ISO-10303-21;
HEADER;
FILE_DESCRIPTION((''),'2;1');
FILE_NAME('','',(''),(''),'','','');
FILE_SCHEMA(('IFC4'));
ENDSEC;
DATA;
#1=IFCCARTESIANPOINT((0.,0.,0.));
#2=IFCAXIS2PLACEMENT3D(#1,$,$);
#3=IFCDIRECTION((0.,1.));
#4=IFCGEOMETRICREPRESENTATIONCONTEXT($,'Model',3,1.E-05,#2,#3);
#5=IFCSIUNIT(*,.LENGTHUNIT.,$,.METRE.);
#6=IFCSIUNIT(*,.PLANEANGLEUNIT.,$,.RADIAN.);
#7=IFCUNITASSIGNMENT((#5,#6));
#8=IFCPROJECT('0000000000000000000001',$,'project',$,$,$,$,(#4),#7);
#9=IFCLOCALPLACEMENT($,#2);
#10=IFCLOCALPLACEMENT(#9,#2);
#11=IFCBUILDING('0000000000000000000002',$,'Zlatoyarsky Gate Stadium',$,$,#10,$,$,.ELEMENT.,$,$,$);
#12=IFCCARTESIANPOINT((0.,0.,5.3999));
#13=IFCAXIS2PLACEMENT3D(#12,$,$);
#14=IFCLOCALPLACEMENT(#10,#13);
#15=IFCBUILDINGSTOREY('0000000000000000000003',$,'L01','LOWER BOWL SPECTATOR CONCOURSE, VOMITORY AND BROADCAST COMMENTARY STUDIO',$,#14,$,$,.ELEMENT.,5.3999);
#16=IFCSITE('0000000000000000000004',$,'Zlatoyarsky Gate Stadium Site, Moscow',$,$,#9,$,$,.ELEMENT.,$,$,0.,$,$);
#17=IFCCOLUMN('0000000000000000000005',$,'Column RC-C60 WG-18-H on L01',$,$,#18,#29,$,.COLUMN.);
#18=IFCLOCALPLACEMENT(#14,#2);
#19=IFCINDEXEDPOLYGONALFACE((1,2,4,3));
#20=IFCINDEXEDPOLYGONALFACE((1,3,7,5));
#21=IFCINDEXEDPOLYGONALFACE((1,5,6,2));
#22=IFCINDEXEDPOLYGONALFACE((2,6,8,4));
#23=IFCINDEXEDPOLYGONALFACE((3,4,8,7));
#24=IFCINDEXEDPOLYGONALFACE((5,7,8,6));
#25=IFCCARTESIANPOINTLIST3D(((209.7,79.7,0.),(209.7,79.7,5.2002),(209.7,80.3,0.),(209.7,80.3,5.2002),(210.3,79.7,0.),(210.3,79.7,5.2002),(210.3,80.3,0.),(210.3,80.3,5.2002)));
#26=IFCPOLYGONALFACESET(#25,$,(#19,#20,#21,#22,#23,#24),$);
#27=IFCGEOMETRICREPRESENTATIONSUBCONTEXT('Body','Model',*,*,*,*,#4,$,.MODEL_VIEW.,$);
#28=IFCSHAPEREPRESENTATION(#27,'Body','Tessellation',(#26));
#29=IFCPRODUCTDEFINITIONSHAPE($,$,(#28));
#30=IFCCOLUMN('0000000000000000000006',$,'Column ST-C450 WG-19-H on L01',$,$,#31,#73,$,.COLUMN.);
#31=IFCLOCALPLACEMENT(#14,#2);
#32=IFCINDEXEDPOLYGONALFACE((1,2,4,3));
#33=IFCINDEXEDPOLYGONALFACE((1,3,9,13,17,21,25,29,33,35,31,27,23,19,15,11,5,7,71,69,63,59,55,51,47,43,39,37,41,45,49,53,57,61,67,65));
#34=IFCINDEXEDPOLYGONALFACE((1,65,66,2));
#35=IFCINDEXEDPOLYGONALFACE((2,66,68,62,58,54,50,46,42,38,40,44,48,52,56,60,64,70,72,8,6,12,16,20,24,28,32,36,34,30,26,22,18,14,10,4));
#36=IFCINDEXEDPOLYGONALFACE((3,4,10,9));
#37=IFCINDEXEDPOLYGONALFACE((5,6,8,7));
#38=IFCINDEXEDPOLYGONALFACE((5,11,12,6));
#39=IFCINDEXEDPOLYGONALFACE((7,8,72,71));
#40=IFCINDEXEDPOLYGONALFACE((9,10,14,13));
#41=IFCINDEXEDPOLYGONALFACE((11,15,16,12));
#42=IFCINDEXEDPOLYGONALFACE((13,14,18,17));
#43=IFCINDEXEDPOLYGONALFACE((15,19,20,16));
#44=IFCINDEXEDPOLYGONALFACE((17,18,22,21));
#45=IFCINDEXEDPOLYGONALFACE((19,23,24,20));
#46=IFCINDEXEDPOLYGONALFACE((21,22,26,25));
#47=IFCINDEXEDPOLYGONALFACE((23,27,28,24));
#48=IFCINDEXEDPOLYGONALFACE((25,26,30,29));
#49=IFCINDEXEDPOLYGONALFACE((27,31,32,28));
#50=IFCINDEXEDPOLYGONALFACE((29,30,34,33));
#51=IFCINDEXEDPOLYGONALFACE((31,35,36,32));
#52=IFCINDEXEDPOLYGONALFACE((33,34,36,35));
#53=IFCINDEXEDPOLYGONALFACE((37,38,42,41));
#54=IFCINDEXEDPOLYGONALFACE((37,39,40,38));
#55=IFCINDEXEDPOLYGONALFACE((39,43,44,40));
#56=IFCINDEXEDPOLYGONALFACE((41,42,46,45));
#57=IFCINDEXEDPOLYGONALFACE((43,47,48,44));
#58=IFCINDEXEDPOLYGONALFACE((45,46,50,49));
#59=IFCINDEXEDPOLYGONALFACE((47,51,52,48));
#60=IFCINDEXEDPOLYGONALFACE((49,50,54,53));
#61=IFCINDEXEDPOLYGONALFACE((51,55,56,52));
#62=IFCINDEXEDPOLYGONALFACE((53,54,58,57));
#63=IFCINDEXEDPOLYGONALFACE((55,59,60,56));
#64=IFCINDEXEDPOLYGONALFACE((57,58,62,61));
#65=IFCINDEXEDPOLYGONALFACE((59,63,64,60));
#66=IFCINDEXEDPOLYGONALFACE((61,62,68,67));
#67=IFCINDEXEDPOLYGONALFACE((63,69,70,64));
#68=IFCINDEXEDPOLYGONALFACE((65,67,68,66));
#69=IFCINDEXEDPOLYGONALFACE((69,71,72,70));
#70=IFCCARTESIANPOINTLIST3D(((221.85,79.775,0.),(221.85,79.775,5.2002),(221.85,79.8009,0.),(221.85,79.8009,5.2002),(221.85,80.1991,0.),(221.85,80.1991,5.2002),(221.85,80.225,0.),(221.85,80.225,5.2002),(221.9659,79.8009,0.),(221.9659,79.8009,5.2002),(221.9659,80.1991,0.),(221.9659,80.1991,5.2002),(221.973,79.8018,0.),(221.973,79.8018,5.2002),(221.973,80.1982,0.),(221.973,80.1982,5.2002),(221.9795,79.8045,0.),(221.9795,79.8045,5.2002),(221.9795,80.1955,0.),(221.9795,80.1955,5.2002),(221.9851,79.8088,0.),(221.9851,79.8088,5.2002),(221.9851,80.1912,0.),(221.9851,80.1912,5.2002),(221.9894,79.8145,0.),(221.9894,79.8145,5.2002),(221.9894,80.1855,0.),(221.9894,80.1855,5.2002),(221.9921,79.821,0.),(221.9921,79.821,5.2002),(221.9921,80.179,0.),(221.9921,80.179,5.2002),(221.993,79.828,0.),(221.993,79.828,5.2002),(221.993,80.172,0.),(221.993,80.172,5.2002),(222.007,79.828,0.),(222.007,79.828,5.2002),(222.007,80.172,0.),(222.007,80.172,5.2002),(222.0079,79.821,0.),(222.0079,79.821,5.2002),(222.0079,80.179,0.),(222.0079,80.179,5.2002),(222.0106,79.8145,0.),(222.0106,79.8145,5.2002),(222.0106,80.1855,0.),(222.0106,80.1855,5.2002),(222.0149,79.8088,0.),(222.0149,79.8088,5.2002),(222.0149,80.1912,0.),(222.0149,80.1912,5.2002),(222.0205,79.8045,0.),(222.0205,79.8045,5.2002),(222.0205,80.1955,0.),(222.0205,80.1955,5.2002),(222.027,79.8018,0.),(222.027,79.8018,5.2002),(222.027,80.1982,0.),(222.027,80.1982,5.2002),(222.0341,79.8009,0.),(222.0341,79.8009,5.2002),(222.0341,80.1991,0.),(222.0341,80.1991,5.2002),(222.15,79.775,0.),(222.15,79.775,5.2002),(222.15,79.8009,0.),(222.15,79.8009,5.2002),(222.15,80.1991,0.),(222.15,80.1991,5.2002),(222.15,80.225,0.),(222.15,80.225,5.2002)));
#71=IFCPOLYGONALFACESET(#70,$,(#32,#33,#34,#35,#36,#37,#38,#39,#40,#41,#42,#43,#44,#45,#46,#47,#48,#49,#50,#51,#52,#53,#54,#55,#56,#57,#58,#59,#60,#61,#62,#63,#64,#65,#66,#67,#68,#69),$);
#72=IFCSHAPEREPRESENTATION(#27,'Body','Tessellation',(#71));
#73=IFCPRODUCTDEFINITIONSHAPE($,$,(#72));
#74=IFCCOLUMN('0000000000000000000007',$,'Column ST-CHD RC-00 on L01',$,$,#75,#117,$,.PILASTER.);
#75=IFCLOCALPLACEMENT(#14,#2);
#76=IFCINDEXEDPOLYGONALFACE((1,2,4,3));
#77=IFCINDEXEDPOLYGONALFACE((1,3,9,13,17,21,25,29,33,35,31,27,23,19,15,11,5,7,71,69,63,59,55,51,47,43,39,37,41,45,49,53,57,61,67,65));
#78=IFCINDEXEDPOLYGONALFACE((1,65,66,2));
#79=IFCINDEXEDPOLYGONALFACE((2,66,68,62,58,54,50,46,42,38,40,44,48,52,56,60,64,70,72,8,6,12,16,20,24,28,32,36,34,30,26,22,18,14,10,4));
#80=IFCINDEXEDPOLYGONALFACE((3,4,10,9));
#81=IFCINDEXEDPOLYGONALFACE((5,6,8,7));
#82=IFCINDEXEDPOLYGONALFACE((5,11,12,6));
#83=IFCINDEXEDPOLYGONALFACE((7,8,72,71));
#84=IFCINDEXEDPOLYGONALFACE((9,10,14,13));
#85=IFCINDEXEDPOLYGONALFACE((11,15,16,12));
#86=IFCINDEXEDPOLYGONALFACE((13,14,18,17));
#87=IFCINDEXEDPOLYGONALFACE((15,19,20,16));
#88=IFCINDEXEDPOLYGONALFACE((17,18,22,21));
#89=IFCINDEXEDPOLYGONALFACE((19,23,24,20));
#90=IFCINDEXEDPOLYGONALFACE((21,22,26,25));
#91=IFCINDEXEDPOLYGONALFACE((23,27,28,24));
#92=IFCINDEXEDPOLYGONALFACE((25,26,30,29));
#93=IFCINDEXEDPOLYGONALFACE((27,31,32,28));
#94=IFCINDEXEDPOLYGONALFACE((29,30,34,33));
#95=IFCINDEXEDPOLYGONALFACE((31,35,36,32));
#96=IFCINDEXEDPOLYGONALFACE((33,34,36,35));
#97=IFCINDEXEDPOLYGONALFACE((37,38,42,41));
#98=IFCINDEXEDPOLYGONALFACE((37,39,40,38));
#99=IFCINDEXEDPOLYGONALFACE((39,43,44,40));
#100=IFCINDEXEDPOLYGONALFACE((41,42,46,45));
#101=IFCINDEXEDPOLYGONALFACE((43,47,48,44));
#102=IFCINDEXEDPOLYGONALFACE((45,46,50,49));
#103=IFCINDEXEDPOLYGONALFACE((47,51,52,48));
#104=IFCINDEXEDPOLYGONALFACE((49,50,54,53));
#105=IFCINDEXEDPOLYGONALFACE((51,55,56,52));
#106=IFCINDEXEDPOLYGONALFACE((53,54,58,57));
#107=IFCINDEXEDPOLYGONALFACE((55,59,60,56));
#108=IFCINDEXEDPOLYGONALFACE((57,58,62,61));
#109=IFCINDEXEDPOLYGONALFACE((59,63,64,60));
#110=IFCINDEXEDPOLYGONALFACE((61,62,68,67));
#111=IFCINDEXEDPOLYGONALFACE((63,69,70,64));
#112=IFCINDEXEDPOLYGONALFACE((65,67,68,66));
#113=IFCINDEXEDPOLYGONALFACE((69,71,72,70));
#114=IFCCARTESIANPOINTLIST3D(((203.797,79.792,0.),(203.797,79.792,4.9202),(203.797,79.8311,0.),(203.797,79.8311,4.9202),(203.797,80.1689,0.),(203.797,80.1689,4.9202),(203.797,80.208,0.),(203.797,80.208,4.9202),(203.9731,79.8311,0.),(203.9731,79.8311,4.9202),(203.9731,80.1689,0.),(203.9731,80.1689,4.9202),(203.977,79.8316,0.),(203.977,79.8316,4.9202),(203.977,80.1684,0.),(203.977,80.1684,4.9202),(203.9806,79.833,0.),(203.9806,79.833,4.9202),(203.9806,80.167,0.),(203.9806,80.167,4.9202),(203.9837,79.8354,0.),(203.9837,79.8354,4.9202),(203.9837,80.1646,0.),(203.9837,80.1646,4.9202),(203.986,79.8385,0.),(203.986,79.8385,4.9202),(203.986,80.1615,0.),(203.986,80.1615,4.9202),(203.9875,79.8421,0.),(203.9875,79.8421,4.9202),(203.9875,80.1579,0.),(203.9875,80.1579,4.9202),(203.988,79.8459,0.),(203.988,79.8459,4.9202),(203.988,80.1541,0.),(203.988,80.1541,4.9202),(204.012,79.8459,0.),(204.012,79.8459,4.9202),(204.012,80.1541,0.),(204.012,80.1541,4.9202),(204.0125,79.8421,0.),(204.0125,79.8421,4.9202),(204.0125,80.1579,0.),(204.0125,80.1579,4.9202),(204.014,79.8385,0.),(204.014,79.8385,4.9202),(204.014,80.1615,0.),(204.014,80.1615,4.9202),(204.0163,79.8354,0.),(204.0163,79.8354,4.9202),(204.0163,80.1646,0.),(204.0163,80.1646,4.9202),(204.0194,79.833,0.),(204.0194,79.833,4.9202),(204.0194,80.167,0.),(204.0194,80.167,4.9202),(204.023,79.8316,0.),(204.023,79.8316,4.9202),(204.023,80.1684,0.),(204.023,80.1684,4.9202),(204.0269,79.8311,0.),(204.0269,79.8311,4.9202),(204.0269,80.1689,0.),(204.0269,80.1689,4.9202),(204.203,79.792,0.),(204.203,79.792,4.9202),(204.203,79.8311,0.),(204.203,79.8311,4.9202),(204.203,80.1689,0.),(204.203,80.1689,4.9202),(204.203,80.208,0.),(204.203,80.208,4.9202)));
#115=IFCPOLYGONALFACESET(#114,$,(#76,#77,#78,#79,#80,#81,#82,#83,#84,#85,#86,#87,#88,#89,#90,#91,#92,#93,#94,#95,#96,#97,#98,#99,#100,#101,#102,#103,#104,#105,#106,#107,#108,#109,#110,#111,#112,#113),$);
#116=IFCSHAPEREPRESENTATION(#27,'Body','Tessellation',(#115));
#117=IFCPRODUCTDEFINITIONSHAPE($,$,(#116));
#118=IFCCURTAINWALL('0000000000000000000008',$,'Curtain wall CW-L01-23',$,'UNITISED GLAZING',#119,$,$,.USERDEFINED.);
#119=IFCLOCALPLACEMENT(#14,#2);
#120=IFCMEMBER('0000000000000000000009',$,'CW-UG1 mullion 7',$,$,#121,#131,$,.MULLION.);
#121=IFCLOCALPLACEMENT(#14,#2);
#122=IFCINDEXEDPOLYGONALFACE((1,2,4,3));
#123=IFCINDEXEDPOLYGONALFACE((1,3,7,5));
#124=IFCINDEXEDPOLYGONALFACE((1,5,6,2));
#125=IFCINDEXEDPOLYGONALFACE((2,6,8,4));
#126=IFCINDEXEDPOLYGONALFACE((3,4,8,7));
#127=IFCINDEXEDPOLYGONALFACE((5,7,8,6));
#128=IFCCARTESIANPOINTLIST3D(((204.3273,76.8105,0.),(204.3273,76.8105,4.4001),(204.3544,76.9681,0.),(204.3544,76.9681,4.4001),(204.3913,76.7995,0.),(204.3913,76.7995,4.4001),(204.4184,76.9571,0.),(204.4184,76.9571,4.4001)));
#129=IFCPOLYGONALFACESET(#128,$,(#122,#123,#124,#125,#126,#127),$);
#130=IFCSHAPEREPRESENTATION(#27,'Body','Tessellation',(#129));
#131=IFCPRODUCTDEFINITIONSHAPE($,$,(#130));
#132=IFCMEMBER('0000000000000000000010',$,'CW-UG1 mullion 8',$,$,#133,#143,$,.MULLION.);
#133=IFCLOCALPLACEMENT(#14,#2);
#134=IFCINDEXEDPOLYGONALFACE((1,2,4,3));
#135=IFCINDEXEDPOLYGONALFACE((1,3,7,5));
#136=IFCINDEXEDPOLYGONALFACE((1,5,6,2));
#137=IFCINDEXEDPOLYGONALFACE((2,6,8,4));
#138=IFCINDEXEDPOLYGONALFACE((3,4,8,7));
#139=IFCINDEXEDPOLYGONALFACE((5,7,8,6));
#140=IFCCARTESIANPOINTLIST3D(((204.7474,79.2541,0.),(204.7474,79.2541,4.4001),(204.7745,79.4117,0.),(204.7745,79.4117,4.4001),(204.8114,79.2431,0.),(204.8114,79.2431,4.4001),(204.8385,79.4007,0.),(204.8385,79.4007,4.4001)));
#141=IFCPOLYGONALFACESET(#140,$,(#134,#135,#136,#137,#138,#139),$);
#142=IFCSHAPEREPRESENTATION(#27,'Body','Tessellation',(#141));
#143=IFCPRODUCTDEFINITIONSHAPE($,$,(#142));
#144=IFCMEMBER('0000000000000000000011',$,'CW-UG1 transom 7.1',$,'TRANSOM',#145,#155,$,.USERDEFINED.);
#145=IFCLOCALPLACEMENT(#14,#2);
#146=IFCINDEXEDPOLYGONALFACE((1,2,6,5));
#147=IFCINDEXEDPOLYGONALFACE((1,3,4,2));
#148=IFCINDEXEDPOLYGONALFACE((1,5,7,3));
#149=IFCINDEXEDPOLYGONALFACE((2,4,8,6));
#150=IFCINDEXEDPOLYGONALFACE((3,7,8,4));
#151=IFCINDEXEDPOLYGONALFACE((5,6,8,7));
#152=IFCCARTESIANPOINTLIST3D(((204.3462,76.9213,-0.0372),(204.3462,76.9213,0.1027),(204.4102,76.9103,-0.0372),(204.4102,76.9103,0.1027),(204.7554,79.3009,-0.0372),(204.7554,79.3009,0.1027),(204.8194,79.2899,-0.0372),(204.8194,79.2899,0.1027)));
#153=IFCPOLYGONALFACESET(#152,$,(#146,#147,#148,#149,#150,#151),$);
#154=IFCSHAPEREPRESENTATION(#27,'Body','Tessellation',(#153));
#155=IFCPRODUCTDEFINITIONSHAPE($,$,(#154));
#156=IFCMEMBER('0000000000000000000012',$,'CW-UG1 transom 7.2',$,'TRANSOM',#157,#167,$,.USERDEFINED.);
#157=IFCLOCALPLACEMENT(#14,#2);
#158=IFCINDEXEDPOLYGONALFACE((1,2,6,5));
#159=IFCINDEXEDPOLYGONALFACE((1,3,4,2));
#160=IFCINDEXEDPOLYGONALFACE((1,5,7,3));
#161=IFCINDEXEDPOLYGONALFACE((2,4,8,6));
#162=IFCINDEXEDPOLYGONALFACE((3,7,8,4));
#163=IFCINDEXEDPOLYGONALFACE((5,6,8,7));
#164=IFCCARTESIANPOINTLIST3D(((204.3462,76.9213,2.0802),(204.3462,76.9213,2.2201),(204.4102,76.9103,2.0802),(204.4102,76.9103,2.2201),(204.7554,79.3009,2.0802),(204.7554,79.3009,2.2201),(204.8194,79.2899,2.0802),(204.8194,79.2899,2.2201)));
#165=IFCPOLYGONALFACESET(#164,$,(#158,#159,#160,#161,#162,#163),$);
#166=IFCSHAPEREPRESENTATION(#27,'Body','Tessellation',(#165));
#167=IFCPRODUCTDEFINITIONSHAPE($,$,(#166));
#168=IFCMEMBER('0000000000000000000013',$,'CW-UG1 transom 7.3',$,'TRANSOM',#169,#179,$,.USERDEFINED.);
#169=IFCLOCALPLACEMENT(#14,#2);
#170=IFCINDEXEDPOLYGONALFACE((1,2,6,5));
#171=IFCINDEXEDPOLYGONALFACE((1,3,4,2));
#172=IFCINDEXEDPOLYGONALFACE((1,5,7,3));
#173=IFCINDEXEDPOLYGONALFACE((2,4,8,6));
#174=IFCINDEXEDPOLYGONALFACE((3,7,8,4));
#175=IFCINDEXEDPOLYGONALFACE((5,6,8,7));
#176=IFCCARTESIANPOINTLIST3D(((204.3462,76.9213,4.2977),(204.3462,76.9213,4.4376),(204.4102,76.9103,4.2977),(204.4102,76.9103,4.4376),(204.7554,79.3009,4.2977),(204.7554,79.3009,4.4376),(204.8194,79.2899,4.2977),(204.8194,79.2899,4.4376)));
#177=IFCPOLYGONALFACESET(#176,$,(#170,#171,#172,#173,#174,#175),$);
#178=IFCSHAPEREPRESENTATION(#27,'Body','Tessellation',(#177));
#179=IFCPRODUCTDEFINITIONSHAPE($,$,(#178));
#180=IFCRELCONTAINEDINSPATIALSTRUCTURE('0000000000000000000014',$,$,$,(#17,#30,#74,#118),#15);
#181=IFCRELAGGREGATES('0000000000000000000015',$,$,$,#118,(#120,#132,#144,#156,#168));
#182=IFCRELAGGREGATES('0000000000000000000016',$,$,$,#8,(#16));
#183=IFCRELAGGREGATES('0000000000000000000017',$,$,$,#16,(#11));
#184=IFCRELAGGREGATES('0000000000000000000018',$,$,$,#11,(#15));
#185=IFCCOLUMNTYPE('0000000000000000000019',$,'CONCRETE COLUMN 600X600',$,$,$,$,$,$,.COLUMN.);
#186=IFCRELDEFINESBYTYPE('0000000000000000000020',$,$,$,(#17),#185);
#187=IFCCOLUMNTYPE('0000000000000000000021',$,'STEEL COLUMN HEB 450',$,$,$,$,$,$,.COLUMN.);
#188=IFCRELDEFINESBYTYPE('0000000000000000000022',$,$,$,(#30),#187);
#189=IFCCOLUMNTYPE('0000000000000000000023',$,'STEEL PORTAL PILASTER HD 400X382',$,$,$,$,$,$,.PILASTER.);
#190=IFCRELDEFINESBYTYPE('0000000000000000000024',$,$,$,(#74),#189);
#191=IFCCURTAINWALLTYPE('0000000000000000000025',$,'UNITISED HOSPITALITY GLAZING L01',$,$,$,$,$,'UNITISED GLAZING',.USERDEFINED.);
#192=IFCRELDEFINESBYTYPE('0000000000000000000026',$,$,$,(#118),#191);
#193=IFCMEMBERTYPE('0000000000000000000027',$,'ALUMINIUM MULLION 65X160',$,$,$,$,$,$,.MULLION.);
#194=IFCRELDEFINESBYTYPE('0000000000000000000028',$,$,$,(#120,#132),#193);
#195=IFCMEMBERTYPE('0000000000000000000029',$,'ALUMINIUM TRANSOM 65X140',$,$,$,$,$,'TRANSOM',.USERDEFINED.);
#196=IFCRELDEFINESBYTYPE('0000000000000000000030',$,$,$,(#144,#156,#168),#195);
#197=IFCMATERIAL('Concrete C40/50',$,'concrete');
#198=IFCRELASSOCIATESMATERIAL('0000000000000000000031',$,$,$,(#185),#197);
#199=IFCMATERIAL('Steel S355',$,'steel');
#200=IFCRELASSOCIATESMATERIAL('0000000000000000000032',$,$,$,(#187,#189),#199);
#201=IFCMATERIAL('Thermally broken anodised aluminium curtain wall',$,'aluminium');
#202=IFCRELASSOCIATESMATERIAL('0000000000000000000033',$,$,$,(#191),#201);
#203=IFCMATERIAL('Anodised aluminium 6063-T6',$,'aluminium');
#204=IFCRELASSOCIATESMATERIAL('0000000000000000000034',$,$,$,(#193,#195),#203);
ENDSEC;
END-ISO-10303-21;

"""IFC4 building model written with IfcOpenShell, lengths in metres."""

from ifc_helpers import new_model, si_unit, direction, frame, origin, origin_2d, place, context, subcontext, project, spatial, rectangle, i_section, extrude, material, material_profile, profile_set, type_object, element, aggregate, save


model = new_model("IFC4")

# Units and contexts
model_context = context("Model", 3, precision=1e-05, world=origin(), true_north=direction((0.0, 1.0)))
body_context = subcontext(model_context, "Body", "Model", "MODEL_VIEW")
ifc_project = project(units=[si_unit("LENGTHUNIT", "METRE"), si_unit("PLANEANGLEUNIT", "RADIAN")], contexts=[model_context])

# Site, building, storey
site_placement = place(None, origin())
site = spatial("IfcSite", under=ifc_project, at=site_placement, Name="Zlatoyarsky Gate Stadium Site, Moscow", CompositionType="ELEMENT", RefElevation=0.0)
building_placement = place(site_placement, origin())
building = spatial("IfcBuilding", under=site, at=building_placement, Name="Zlatoyarsky Gate Stadium", CompositionType="ELEMENT")
storey_placement = place(building_placement, frame((0.0, 0.0, 5.3999)))
storey = spatial("IfcBuildingStorey", under=building, at=storey_placement, Name="L01", Description="LOWER BOWL SPECTATOR CONCOURSE, VOMITORY AND BROADCAST COMMENTARY STUDIO", CompositionType="ELEMENT", Elevation=5.3999)

# Columns
ifc_material_1 = material(Name="Concrete C40/50", Category="concrete")
ifc_material_profile_1 = material_profile(ifc_material_1, rectangle(XDim=0.6001, YDim=0.6001, at=origin_2d()), Name="RC COL 600X600")
ifc_profile_set_1 = profile_set([ifc_material_profile_1], Name="Concrete C40/50")
column_type_1 = type_object("IfcColumnType", Name="CONCRETE COLUMN 600X600", PredefinedType="COLUMN", material=ifc_profile_set_1)
column_1_placement = place(storey_placement, frame((210.0, 80.0, 0.0), z_axis=(0.0, 0.0, 1.0), x_axis=(1.0, 0.0, 0.0)))
element("IfcColumn", 1, at=column_1_placement, inside=storey, type_object=column_type_1, Name="Column RC-C60 WG-18-H on L01", PredefinedType="COLUMN", context=body_context, shape_type="SweptSolid", body=[
    extrude(rectangle(XDim=0.6001, YDim=0.6001, at=origin_2d()), origin(), (0.0, 0.0, 1.0), 5.2002),
])
ifc_material_2 = material(Name="Steel S355", Category="steel")
ifc_material_profile_2 = material_profile(ifc_material_2, i_section(OverallWidth=0.3, OverallDepth=0.45, WebThickness=0.0139, FlangeThickness=0.0259, FilletRadius=0.0271, at=origin_2d()), Name="HEB 450")
ifc_profile_set_2 = profile_set([ifc_material_profile_2], Name="Steel S355")
column_type_2 = type_object("IfcColumnType", Name="STEEL COLUMN HEB 450", PredefinedType="COLUMN", material=ifc_profile_set_2)
column_2_placement = place(storey_placement, frame((222.0, 80.0, 0.0), z_axis=(0.0, 0.0, 1.0), x_axis=(1.0, 0.0, 0.0)))
element("IfcColumn", 2, at=column_2_placement, inside=storey, type_object=column_type_2, Name="Column ST-C450 WG-19-H on L01", PredefinedType="COLUMN", context=body_context, shape_type="SweptSolid", body=[
    extrude(i_section(OverallWidth=0.3, OverallDepth=0.45, WebThickness=0.0139, FlangeThickness=0.0259, FilletRadius=0.0271, at=origin_2d()), origin(), (0.0, 0.0, 1.0), 5.2002),
])
ifc_material_profile_3 = material_profile(ifc_material_2, i_section(OverallWidth=0.406, OverallDepth=0.416, WebThickness=0.0239, FlangeThickness=0.0391, FilletRadius=0.0149, at=origin_2d()), Name="HD 400X382")
ifc_profile_set_3 = profile_set([ifc_material_profile_3], Name="Steel S355")
column_type_3 = type_object("IfcColumnType", Name="STEEL PORTAL PILASTER HD 400X382", PredefinedType="PILASTER", material=ifc_profile_set_3)
column_3_placement = place(storey_placement, frame((204.0, 80.0, 0.0), z_axis=(0.0, 0.0, 1.0), x_axis=(1.0, 0.0, 0.0)))
element("IfcColumn", 3, at=column_3_placement, inside=storey, type_object=column_type_3, Name="Column ST-CHD RC-00 on L01", PredefinedType="PILASTER", context=body_context, shape_type="SweptSolid", body=[
    extrude(i_section(OverallWidth=0.406, OverallDepth=0.416, WebThickness=0.0239, FlangeThickness=0.0391, FilletRadius=0.0149, at=origin_2d()), origin(), (0.0, 0.0, 1.0), 4.9202),
])

# Curtain wall, members
ifc_material_3 = material(Name="Thermally broken anodised aluminium curtain wall", Category="aluminium")
curtain_wall_type = type_object("IfcCurtainWallType", Name="UNITISED HOSPITALITY GLAZING L01", ElementType="UNITISED GLAZING", PredefinedType="USERDEFINED", material=ifc_material_3)
curtain_wall_placement = place(storey_placement, origin())
curtain_wall = element("IfcCurtainWall", 4, at=curtain_wall_placement, inside=storey, type_object=curtain_wall_type, Name="Curtain wall CW-L01-23", ObjectType="UNITISED GLAZING", PredefinedType="USERDEFINED")
ifc_material_4 = material(Name="Anodised aluminium 6063-T6", Category="aluminium")
ifc_material_profile_4 = material_profile(ifc_material_4, rectangle(XDim=0.0649, YDim=0.1599, at=origin_2d()), Name="ALU 65X160")
ifc_profile_set_4 = profile_set([ifc_material_profile_4], Name="Anodised aluminium 6063-T6")
member_type_1 = type_object("IfcMemberType", Name="ALUMINIUM MULLION 65X160", PredefinedType="MULLION", material=ifc_profile_set_4)
member_1_placement = place(storey_placement, frame((204.3728, 76.8838, 0.0), z_axis=(0.0, 0.0, 1.0), x_axis=(-0.985539, 0.169451, 0.0)))
member_1 = element("IfcMember", 5, at=member_1_placement, type_object=member_type_1, Name="CW-UG1 mullion 7", PredefinedType="MULLION", context=body_context, shape_type="SweptSolid", body=[
    extrude(rectangle(XDim=0.0649, YDim=0.1599, at=origin_2d()), origin(), (0.0, 0.0, 1.0), 4.4001),
])
member_2_placement = place(storey_placement, frame((204.793, 79.3274, 0.0), z_axis=(0.0, 0.0, 1.0), x_axis=(-0.985539, 0.169451, 0.0)))
member_2 = element("IfcMember", 6, at=member_2_placement, type_object=member_type_1, Name="CW-UG1 mullion 8", PredefinedType="MULLION", context=body_context, shape_type="SweptSolid", body=[
    extrude(rectangle(XDim=0.0649, YDim=0.1599, at=origin_2d()), origin(), (0.0, 0.0, 1.0), 4.4001),
])
ifc_material_profile_5 = material_profile(ifc_material_4, rectangle(XDim=0.0649, YDim=0.1399, at=origin_2d()), Name="ALU 65X140")
ifc_profile_set_5 = profile_set([ifc_material_profile_5], Name="Anodised aluminium 6063-T6")
member_type_2 = type_object("IfcMemberType", Name="ALUMINIUM TRANSOM 65X140", ElementType="TRANSOM", PredefinedType="USERDEFINED", material=ifc_profile_set_5)
member_3_placement = place(storey_placement, frame((204.3782, 76.9158, 0.0327), z_axis=(0.169463, 0.985536, 0.0), x_axis=(-0.985536, 0.169463, 0.0)))
member_3 = element("IfcMember", 7, at=member_3_placement, type_object=member_type_2, Name="CW-UG1 transom 7.1", ObjectType="TRANSOM", PredefinedType="USERDEFINED", context=body_context, shape_type="SweptSolid", body=[
    extrude(rectangle(XDim=0.0649, YDim=0.1399, at=origin_2d()), origin(), (0.0, 0.0, 1.0), 2.4146),
])
member_4_placement = place(storey_placement, frame((204.3782, 76.9158, 2.1501), z_axis=(0.169463, 0.985536, 0.0), x_axis=(-0.985536, 0.169463, 0.0)))
member_4 = element("IfcMember", 8, at=member_4_placement, type_object=member_type_2, Name="CW-UG1 transom 7.2", ObjectType="TRANSOM", PredefinedType="USERDEFINED", context=body_context, shape_type="SweptSolid", body=[
    extrude(rectangle(XDim=0.0649, YDim=0.1399, at=origin_2d()), origin(), (0.0, 0.0, 1.0), 2.4146),
])
member_5_placement = place(storey_placement, frame((204.3782, 76.9158, 4.3677), z_axis=(0.169463, 0.985536, 0.0), x_axis=(-0.985536, 0.169463, 0.0)))
member_5 = element("IfcMember", 9, at=member_5_placement, type_object=member_type_2, Name="CW-UG1 transom 7.3", ObjectType="TRANSOM", PredefinedType="USERDEFINED", context=body_context, shape_type="SweptSolid", body=[
    extrude(rectangle(XDim=0.0649, YDim=0.1399, at=origin_2d()), origin(), (0.0, 0.0, 1.0), 2.4146),
])

aggregate(curtain_wall, [member_1, member_2, member_3, member_4, member_5])

save(model, "model.ifc")
